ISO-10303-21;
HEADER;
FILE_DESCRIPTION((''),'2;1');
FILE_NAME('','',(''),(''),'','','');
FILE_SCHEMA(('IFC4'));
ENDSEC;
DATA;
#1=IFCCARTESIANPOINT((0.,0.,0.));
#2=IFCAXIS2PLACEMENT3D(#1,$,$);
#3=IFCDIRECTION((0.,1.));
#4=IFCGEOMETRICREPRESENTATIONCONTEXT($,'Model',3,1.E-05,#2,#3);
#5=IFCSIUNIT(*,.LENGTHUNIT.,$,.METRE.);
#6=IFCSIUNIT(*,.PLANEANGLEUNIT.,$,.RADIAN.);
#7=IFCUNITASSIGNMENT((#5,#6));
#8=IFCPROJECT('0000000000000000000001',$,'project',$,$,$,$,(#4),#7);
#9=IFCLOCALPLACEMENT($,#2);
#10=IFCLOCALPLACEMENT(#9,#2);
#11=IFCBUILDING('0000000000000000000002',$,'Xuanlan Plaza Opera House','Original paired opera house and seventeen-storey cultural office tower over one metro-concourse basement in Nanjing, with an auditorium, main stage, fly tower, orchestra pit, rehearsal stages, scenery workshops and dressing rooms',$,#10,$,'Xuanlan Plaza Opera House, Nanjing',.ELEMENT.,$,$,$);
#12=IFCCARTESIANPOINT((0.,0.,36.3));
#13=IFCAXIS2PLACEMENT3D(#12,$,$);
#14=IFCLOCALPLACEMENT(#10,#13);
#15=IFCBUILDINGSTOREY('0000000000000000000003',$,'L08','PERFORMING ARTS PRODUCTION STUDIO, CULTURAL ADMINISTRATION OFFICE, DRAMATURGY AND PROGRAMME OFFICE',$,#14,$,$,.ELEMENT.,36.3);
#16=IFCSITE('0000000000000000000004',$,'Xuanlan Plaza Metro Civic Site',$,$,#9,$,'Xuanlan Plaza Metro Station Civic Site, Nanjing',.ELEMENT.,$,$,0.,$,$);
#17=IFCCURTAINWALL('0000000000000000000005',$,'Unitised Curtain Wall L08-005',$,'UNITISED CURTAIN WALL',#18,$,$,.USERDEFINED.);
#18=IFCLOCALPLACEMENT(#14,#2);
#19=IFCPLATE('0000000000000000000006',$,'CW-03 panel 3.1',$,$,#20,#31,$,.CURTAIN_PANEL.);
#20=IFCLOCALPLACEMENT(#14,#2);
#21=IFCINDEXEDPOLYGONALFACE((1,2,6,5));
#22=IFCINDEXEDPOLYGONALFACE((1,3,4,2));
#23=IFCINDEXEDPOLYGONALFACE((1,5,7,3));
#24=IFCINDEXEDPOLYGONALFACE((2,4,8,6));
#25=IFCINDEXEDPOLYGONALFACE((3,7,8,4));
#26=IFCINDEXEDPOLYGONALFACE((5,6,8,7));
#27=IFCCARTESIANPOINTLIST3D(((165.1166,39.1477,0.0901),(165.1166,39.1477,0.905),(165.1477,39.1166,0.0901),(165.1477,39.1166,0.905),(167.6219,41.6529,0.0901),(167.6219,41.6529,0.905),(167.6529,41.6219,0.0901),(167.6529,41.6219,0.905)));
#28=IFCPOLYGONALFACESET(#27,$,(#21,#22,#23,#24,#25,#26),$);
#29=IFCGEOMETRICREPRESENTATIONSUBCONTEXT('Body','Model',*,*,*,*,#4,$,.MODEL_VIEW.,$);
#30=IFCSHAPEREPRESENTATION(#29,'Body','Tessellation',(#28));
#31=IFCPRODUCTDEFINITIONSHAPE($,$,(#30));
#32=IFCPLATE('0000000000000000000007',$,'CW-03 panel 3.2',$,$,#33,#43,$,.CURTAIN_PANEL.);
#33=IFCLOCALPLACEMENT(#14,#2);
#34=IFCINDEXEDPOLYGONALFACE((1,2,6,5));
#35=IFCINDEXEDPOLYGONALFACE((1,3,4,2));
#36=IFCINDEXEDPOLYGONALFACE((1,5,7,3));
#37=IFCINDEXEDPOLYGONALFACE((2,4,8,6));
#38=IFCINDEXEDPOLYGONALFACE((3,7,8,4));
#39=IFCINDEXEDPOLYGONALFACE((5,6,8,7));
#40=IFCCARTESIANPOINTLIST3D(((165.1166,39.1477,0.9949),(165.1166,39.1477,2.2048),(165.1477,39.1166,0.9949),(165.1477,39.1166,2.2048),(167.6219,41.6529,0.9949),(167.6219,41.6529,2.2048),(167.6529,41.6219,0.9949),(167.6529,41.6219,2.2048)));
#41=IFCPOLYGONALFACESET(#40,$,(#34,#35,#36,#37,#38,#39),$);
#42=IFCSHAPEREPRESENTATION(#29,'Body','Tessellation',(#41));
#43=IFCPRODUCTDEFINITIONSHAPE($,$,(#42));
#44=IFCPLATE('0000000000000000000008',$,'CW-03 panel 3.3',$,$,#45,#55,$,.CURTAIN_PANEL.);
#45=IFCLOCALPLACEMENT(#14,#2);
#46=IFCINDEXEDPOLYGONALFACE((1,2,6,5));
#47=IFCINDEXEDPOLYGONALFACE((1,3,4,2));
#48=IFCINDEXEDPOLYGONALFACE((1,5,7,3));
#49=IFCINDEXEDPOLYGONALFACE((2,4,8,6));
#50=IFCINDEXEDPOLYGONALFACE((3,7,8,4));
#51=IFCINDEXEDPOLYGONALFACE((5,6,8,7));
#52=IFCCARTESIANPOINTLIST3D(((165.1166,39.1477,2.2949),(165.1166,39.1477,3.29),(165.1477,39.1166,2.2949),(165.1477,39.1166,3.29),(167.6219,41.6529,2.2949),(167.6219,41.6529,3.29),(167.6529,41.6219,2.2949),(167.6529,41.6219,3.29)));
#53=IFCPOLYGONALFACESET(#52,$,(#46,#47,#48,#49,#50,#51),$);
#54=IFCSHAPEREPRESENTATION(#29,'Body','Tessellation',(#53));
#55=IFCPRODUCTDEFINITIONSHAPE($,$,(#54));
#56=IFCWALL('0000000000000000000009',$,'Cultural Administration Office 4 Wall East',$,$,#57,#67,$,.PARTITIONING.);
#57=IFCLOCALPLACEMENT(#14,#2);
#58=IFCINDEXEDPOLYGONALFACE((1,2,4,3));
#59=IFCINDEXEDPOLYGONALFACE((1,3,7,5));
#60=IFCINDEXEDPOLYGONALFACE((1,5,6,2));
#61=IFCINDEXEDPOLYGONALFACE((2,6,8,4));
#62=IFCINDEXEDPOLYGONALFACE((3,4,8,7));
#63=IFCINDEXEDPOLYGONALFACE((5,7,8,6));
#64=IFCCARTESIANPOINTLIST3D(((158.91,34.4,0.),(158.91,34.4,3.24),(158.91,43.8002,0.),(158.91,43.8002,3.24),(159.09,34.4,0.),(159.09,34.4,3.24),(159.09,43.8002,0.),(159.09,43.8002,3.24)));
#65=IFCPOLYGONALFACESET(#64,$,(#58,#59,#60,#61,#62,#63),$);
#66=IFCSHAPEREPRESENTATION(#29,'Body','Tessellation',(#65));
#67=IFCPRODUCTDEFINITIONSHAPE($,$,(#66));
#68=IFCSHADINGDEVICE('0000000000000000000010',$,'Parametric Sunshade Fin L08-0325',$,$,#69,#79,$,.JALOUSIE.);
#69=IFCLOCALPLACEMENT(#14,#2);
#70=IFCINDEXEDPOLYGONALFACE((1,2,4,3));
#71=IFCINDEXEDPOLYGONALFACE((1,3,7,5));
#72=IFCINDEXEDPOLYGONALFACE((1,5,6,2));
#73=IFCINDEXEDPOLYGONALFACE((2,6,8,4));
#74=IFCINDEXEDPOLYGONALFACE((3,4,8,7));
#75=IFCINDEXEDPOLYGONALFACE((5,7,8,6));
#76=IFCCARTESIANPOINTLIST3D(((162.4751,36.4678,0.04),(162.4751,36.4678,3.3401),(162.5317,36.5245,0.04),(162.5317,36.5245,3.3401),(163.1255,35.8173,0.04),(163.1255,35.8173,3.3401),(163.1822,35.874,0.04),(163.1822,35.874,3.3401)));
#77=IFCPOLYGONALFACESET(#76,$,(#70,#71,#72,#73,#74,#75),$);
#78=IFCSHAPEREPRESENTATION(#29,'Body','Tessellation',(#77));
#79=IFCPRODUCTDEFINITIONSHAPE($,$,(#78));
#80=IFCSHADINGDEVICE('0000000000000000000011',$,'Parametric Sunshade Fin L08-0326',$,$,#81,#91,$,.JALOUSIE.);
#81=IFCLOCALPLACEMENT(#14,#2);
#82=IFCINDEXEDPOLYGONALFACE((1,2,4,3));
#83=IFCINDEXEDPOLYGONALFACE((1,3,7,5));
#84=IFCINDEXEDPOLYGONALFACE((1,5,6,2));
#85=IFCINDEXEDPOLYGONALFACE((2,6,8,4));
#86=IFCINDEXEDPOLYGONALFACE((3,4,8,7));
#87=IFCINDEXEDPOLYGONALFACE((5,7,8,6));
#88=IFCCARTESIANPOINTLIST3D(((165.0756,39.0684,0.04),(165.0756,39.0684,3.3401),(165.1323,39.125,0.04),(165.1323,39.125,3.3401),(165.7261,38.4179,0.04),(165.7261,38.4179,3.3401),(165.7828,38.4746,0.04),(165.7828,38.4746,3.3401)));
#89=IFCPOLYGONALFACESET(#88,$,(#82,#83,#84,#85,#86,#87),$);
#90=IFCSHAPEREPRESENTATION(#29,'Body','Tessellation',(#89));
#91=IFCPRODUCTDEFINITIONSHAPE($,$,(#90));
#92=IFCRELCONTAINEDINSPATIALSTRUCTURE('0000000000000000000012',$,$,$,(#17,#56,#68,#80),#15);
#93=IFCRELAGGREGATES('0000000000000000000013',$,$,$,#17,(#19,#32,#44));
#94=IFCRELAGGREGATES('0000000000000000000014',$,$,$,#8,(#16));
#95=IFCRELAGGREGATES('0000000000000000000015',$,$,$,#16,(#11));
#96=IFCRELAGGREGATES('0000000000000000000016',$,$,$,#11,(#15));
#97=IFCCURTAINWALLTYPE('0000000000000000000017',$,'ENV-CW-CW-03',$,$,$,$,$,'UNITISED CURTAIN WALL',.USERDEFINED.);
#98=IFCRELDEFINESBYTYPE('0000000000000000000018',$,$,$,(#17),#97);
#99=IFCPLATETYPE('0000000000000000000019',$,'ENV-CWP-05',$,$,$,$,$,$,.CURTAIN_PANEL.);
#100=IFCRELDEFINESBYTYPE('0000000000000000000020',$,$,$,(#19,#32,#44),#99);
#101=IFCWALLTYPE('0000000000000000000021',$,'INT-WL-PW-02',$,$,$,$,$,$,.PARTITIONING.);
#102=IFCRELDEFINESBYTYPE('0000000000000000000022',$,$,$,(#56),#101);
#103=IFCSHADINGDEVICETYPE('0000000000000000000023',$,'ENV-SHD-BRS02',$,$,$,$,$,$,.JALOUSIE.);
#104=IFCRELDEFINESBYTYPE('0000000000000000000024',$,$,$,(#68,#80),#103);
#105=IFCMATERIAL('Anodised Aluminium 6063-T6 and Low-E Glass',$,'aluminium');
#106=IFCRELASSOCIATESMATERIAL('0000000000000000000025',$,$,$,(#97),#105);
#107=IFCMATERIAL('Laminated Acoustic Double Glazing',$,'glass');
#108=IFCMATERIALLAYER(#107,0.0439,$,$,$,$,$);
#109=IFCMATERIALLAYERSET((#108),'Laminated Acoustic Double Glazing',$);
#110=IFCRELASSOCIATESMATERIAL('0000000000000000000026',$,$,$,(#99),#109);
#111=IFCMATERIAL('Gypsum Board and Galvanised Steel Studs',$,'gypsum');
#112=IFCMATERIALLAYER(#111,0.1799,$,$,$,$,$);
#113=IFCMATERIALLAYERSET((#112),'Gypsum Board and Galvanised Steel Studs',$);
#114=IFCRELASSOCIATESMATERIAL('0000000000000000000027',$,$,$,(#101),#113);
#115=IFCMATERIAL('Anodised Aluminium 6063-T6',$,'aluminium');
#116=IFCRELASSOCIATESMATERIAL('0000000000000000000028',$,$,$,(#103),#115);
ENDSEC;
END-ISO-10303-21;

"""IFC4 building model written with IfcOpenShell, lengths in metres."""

from ifc_helpers import new_model, si_unit, direction, frame, frame_2d, origin, origin_2d, place, context, subcontext, project, spatial, rectangle, extrude, material, layer, layer_set, type_object, element, aggregate, save


model = new_model("IFC4")

# Units and contexts
model_context = context("Model", 3, precision=1e-05, world=origin(), true_north=direction((0.0, 1.0)))
body_context = subcontext(model_context, "Body", "Model", "MODEL_VIEW")
ifc_project = project(units=[si_unit("LENGTHUNIT", "METRE"), si_unit("PLANEANGLEUNIT", "RADIAN")], contexts=[model_context])

# Site, building, storey
site_placement = place(None, origin())
site = spatial("IfcSite", under=ifc_project, at=site_placement, Name="Xuanlan Plaza Metro Civic Site", LongName="Xuanlan Plaza Metro Station Civic Site, Nanjing", CompositionType="ELEMENT", RefElevation=0.0)
building_placement = place(site_placement, origin())
building = spatial("IfcBuilding", under=site, at=building_placement, Name="Xuanlan Plaza Opera House", Description="Original paired opera house and seventeen-storey cultural office tower over one metro-concourse basement in Nanjing, with an auditorium, main stage, fly tower, orchestra pit, rehearsal stages, scenery workshops and dressing rooms", LongName="Xuanlan Plaza Opera House, Nanjing", CompositionType="ELEMENT")
storey_placement = place(building_placement, frame((0.0, 0.0, 36.3)))
storey = spatial("IfcBuildingStorey", under=building, at=storey_placement, Name="L08", Description="PERFORMING ARTS PRODUCTION STUDIO, CULTURAL ADMINISTRATION OFFICE, DRAMATURGY AND PROGRAMME OFFICE", CompositionType="ELEMENT", Elevation=36.3)

# Shared definitions
ifc_material_1 = material(Name="Anodised Aluminium 6063-T6 and Low-E Glass", Category="aluminium")
ifc_material_2 = material(Name="Anodised Aluminium 6063-T6", Category="aluminium")

# Curtain wall
curtain_wall_type_1 = type_object("IfcCurtainWallType", Name="ENV-CW-CW-03", ElementType="UNITISED CURTAIN WALL", PredefinedType="USERDEFINED", material=ifc_material_1)
curtain_wall_1_placement = place(storey_placement, origin())
curtain_wall_1 = element("IfcCurtainWall", 1, at=curtain_wall_1_placement, inside=storey, type_object=curtain_wall_type_1, Name="Unitised Curtain Wall L08-005", ObjectType="UNITISED CURTAIN WALL", PredefinedType="USERDEFINED")

# Plates
ifc_material_3 = material(Name="Laminated Acoustic Double Glazing", Category="glass")
ifc_layer_1 = layer(ifc_material_3, 0.0439)
ifc_layer_set_1 = layer_set([ifc_layer_1], Name="Laminated Acoustic Double Glazing")
plate_type_1 = type_object("IfcPlateType", Name="ENV-CWP-05", PredefinedType="CURTAIN_PANEL", material=ifc_layer_set_1)
plate_1_placement = place(storey_placement, frame((166.3848, 40.3848, 0.0901), z_axis=(0.0, 0.0, 1.0), x_axis=(0.707107, 0.707107, 0.0)))
plate_1 = element("IfcPlate", 2, at=plate_1_placement, type_object=plate_type_1, Name="CW-03 panel 3.1", PredefinedType="CURTAIN_PANEL", context=body_context, shape_type="SweptSolid", body=[
    extrude(rectangle(XDim=3.543, YDim=0.0439, at=origin_2d()), origin(), (0.0, 0.0, 1.0), 0.8149),
])
plate_2_placement = place(storey_placement, frame((166.3848, 40.3848, 0.9949), z_axis=(0.0, 0.0, 1.0), x_axis=(0.707107, 0.707107, 0.0)))
plate_2 = element("IfcPlate", 3, at=plate_2_placement, type_object=plate_type_1, Name="CW-03 panel 3.2", PredefinedType="CURTAIN_PANEL", context=body_context, shape_type="SweptSolid", body=[
    extrude(rectangle(XDim=3.543, YDim=0.0439, at=origin_2d()), origin(), (0.0, 0.0, 1.0), 1.21),
])
plate_3_placement = place(storey_placement, frame((166.3848, 40.3848, 2.2949), z_axis=(0.0, 0.0, 1.0), x_axis=(0.707107, 0.707107, 0.0)))
plate_3 = element("IfcPlate", 4, at=plate_3_placement, type_object=plate_type_1, Name="CW-03 panel 3.3", PredefinedType="CURTAIN_PANEL", context=body_context, shape_type="SweptSolid", body=[
    extrude(rectangle(XDim=3.543, YDim=0.0439, at=origin_2d()), origin(), (0.0, 0.0, 1.0), 0.9951),
])
aggregate(curtain_wall_1, [plate_1, plate_2, plate_3])

# Wall
ifc_material_4 = material(Name="Gypsum Board and Galvanised Steel Studs", Category="gypsum")
ifc_layer_2 = layer(ifc_material_4, 0.1799)
ifc_layer_set_2 = layer_set([ifc_layer_2], Name="Gypsum Board and Galvanised Steel Studs")
wall_type = type_object("IfcWallType", Name="INT-WL-PW-02", PredefinedType="PARTITIONING", material=ifc_layer_set_2)
wall_placement = place(storey_placement, frame((159.0, 34.3999, 0.0), z_axis=(0.0, 0.0, 1.0), x_axis=(0.0, 1.0, 0.0)))
element("IfcWall", 5, at=wall_placement, inside=storey, type_object=wall_type, Name="Cultural Administration Office 4 Wall East", PredefinedType="PARTITIONING", context=body_context, shape_type="SweptSolid", body=[
    extrude(rectangle(XDim=9.4001, YDim=0.1799, at=frame_2d((4.7002, 0.0))), origin(), (0.0, 0.0, 1.0), 3.24),
])

# Shading devices
shading_device_type = type_object("IfcShadingDeviceType", Name="ENV-SHD-BRS02", PredefinedType="JALOUSIE", material=ifc_material_2)
for number, where, z_axis, x_axis, name in (
    (6, (162.8286, 36.1709, 0.04), (0.0, 0.0, 1.0), (0.707107, -0.707107, 0.0), "Parametric Sunshade Fin L08-0325"),
    (7, (165.4292, 38.7715, 0.04), (0.0, 0.0, 1.0), (0.707107, -0.707107, 0.0), "Parametric Sunshade Fin L08-0326"),
):
    element("IfcShadingDevice", number, at=place(storey_placement, frame(where, z_axis=z_axis, x_axis=x_axis)), inside=storey, type_object=shading_device_type, Name=name, PredefinedType="JALOUSIE", context=body_context, shape_type="SweptSolid", body=[
        extrude(rectangle(XDim=0.9199, YDim=0.0801, at=origin_2d()), origin(), (0.0, 0.0, 1.0), 3.3),
    ])

save(model, "model.ifc")
